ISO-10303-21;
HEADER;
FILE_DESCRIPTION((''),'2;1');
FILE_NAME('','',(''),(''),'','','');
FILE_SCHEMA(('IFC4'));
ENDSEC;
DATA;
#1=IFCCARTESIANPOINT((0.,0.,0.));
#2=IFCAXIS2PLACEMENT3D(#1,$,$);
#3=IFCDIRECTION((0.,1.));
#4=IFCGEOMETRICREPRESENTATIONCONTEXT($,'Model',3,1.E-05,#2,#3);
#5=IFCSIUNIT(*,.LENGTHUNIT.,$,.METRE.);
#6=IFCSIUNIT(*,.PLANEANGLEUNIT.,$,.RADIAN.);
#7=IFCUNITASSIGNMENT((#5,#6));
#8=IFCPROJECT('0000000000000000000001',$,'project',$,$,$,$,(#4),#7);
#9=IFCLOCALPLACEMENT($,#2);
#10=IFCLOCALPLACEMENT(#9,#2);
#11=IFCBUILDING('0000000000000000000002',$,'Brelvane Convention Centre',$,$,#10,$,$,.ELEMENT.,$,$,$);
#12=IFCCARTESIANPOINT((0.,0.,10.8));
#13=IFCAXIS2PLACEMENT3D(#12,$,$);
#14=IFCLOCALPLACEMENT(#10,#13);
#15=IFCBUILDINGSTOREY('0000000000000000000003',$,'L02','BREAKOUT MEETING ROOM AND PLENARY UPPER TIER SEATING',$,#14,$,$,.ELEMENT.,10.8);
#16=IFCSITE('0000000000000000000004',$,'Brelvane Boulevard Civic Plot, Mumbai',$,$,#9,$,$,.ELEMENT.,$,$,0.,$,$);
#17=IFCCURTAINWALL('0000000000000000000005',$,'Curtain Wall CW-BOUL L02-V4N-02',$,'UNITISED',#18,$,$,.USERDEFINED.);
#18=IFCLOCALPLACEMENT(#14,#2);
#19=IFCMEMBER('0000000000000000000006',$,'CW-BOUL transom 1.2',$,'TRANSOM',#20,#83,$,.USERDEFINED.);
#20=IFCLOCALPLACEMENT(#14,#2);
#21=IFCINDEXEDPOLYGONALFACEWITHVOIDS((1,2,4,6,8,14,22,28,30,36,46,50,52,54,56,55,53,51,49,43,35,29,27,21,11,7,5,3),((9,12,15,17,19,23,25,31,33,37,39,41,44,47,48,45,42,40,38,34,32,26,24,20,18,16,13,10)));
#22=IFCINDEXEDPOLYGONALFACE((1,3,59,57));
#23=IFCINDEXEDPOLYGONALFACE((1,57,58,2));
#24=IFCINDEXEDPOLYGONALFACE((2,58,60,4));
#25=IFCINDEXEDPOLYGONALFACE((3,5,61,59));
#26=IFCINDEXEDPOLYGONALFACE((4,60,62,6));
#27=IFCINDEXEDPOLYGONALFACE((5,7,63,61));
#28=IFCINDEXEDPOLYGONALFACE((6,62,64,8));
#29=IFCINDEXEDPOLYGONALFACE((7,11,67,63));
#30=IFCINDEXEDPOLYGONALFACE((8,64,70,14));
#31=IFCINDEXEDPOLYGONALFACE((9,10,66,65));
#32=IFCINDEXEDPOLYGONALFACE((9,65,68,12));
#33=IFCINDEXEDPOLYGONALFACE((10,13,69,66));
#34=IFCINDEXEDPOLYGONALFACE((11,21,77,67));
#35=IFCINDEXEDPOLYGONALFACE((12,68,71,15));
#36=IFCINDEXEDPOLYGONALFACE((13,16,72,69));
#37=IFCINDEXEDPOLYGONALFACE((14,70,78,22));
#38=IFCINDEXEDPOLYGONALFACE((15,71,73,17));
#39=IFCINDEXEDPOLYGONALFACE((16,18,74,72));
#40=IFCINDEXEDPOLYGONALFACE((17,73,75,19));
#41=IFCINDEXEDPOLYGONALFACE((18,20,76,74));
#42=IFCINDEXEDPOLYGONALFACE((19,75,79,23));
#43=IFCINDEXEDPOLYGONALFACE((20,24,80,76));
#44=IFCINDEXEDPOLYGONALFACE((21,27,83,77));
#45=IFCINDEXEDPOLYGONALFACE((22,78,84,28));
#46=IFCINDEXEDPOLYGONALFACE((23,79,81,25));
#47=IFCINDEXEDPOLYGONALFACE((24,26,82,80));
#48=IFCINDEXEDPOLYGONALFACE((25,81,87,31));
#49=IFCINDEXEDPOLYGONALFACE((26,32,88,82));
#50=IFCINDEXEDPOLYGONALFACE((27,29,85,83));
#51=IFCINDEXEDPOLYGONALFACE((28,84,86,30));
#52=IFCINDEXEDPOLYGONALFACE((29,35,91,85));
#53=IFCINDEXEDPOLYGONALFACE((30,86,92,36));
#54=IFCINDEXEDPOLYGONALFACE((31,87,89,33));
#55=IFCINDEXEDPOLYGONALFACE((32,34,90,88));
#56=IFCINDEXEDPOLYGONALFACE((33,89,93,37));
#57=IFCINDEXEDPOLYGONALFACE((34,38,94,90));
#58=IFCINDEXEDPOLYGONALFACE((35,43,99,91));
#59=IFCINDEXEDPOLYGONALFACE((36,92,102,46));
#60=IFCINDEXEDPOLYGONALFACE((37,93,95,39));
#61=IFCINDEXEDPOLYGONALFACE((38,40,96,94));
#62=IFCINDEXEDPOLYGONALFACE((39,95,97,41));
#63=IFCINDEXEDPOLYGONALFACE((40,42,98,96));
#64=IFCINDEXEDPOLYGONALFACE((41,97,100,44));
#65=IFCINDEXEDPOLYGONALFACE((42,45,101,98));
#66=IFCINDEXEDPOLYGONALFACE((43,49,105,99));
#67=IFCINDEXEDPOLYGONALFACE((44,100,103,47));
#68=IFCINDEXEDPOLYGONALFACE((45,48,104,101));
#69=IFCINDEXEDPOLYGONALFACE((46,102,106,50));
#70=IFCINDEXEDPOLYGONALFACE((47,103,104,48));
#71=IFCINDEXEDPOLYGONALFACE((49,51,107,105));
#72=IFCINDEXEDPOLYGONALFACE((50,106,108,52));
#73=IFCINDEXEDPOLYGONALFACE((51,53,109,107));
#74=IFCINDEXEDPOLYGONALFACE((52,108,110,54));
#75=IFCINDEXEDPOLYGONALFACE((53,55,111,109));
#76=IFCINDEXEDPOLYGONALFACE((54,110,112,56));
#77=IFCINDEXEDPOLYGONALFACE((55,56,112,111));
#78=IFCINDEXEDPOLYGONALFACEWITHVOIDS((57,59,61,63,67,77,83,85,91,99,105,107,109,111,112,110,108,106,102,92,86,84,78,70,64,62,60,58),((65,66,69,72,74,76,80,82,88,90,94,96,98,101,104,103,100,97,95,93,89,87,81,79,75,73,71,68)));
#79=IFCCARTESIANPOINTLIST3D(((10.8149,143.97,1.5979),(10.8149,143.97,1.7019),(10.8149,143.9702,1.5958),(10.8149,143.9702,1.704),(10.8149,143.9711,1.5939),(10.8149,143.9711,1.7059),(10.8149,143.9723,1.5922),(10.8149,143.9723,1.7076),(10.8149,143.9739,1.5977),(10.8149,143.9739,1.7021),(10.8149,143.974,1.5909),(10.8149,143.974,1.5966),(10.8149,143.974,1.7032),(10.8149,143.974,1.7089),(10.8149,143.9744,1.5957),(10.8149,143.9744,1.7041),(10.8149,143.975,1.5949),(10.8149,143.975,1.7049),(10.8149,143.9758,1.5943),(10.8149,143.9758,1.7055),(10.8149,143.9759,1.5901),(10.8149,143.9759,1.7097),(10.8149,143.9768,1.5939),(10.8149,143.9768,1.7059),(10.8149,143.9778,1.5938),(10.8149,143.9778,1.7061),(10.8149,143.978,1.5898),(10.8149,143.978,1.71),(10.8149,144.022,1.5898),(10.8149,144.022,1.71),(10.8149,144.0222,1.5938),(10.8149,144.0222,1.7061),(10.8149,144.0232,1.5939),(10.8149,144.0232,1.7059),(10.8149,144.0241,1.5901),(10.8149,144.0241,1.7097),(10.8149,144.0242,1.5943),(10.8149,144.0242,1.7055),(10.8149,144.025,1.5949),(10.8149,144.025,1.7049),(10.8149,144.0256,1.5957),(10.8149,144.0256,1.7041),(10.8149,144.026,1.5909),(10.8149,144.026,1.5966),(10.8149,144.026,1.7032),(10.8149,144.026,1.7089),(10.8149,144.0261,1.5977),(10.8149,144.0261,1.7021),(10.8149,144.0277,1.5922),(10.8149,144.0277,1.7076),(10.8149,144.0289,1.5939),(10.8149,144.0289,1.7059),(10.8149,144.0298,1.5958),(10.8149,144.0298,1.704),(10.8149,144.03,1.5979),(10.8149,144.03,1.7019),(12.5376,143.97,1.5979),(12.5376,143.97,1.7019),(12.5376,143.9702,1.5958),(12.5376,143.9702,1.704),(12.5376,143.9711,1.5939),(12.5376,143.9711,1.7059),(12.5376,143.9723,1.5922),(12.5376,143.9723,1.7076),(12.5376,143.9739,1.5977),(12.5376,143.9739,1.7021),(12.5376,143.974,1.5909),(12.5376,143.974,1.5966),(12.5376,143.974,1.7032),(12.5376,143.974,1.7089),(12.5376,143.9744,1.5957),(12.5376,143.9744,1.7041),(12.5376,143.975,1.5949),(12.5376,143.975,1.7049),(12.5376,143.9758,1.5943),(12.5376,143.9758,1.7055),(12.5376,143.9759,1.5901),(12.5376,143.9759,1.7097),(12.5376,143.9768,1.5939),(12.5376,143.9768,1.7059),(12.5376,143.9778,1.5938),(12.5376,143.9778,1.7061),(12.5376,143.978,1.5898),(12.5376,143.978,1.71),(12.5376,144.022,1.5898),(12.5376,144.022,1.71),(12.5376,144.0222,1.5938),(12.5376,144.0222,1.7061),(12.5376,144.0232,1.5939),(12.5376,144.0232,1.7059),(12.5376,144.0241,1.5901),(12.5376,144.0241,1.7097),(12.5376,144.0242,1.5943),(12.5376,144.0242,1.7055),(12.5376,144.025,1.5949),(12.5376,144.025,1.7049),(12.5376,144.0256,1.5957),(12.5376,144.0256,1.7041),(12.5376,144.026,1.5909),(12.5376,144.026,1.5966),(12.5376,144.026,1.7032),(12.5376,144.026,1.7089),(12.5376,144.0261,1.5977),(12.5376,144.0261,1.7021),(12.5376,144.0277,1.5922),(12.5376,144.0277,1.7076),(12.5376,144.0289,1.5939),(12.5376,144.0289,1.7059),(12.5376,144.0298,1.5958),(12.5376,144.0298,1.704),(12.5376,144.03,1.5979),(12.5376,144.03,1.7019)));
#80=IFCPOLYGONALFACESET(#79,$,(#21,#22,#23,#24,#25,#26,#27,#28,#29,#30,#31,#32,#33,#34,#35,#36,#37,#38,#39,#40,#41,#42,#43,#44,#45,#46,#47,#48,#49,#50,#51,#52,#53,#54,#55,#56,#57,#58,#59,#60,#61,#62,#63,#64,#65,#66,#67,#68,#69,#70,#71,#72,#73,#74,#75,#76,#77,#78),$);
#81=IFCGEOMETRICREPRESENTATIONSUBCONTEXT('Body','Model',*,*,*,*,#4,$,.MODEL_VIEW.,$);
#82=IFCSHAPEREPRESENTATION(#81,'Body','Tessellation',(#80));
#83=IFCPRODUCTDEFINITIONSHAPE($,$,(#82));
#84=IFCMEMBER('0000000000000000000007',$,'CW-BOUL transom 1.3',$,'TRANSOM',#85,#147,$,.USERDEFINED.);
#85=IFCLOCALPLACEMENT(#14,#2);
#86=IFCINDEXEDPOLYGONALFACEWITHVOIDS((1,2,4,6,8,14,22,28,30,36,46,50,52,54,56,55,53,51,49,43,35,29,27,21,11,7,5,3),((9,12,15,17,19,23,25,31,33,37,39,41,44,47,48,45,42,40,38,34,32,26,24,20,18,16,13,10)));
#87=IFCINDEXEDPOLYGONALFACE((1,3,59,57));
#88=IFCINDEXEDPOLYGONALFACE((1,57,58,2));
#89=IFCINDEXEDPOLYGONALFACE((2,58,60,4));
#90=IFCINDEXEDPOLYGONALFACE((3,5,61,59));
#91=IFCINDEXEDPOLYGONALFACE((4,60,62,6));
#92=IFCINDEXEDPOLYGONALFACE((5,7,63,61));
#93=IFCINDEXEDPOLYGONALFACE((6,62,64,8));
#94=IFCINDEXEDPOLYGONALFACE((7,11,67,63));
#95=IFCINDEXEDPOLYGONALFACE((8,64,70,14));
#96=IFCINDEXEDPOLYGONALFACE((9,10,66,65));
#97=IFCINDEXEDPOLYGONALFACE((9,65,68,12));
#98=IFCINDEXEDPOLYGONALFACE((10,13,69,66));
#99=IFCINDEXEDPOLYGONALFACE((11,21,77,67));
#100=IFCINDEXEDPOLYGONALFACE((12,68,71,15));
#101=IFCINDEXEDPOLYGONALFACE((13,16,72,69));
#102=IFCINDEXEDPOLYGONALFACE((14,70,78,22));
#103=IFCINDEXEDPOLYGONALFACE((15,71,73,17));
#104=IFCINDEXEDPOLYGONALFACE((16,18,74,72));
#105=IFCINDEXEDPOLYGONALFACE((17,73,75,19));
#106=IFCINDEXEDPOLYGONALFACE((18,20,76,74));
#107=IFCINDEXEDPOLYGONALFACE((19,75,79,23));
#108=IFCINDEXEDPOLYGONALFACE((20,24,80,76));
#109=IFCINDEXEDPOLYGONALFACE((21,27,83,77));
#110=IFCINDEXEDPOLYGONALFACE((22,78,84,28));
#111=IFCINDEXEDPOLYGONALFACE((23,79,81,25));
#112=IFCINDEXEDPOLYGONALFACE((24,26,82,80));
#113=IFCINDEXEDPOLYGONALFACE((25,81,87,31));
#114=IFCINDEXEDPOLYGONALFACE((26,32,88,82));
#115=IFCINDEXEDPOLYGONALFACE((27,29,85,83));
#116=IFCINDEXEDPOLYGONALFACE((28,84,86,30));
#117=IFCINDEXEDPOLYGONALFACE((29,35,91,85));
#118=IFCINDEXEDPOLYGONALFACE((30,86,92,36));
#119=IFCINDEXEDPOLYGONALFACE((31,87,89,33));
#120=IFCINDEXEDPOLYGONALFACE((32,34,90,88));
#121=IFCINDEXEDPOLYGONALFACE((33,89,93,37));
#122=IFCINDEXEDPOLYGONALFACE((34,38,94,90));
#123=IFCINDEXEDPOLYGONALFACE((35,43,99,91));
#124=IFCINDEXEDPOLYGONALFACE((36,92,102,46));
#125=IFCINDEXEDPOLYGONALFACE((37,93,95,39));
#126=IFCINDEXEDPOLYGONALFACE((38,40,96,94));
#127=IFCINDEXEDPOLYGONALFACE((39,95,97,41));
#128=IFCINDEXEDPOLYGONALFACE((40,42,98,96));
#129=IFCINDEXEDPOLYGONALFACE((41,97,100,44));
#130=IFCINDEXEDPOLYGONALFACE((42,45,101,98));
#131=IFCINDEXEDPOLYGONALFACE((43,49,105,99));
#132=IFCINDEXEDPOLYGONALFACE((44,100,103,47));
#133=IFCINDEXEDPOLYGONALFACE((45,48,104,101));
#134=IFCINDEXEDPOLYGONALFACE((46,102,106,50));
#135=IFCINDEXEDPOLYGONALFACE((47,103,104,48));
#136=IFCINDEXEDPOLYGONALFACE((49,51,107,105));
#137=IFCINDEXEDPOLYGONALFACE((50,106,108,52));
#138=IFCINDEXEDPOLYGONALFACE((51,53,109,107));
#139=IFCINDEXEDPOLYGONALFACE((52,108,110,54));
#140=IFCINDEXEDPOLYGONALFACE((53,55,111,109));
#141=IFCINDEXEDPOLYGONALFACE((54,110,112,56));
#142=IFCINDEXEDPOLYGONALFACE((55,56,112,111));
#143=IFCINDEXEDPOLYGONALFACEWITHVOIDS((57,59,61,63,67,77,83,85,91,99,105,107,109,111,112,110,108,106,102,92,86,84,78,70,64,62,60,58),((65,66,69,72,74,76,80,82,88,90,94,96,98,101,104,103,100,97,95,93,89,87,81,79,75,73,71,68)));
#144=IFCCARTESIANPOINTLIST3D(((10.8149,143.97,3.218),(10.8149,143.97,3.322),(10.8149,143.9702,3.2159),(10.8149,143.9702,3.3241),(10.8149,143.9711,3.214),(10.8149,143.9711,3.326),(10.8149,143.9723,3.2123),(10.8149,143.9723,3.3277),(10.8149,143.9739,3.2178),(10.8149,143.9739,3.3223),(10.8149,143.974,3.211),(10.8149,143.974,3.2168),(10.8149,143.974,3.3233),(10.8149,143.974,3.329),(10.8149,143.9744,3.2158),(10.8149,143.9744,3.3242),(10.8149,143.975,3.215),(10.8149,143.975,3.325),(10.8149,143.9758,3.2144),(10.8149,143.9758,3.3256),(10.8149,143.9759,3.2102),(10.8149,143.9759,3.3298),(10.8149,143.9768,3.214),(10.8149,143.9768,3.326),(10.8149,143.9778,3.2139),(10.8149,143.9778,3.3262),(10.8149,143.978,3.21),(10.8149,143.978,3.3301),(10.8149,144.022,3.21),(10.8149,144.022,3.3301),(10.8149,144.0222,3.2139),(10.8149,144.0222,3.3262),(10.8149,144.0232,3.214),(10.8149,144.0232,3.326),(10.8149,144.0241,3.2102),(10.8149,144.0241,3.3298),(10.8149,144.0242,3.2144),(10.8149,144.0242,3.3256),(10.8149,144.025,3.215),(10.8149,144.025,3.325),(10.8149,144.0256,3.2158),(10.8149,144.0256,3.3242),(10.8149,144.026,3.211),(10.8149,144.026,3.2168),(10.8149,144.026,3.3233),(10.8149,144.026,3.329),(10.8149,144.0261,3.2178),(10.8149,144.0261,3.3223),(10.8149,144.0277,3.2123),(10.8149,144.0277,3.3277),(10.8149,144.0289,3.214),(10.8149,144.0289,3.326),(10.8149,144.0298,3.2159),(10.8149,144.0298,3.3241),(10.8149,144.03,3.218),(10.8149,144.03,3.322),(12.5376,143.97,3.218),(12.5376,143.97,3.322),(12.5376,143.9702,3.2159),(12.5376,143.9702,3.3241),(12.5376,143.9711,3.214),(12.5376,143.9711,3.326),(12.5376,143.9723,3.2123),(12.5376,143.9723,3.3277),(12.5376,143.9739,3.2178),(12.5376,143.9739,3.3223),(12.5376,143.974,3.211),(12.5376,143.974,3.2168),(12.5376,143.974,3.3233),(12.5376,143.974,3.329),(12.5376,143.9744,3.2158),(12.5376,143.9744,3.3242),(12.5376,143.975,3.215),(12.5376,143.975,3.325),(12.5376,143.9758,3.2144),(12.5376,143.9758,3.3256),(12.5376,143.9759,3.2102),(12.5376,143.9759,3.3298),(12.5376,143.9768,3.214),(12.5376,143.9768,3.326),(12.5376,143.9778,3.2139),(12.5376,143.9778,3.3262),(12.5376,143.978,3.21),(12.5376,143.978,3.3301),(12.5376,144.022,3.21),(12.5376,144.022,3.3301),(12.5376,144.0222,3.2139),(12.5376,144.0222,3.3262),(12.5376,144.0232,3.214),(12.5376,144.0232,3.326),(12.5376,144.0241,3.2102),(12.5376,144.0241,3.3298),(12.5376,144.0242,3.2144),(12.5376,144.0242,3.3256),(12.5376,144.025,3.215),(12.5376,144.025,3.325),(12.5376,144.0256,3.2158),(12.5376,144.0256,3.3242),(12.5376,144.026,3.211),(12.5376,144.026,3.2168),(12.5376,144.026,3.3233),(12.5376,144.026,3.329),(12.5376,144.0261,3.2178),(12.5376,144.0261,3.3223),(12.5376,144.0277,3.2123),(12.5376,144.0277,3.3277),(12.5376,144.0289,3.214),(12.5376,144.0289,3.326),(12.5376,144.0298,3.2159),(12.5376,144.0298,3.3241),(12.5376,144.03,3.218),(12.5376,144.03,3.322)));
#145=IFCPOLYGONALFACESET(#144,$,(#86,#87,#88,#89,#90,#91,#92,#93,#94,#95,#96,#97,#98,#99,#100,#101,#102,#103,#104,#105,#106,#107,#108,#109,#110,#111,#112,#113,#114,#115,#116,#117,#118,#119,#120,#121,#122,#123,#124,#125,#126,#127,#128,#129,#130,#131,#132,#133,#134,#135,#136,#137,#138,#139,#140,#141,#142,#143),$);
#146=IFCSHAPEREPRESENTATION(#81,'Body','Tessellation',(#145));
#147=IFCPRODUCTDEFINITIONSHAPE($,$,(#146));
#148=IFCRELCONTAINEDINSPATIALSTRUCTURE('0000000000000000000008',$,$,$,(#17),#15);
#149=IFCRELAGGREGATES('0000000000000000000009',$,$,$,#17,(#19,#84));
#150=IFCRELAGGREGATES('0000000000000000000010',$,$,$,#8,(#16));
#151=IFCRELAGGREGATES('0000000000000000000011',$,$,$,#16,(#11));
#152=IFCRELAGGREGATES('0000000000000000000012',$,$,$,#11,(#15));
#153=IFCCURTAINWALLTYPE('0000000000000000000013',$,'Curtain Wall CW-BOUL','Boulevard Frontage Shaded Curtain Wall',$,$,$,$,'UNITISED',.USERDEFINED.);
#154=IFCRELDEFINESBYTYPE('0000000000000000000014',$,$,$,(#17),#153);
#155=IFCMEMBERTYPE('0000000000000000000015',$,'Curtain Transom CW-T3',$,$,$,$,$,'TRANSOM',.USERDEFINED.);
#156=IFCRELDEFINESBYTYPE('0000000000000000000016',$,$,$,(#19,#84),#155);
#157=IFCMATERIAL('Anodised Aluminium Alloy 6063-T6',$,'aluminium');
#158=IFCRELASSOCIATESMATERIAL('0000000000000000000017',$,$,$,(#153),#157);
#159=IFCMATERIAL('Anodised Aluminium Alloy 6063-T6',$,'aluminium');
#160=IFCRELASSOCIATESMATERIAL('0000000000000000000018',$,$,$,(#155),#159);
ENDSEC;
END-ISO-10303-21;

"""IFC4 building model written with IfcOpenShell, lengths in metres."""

from ifc_helpers import new_model, si_unit, direction, frame, origin, origin_2d, place, context, subcontext, project, spatial, hollow_rectangle, extrude, material, material_profile, profile_set, type_object, element, aggregate, save


model = new_model("IFC4")

# Units and contexts
model_context = context("Model", 3, precision=1e-05, world=origin(), true_north=direction((0.0, 1.0)))
body_context = subcontext(model_context, "Body", "Model", "MODEL_VIEW")
ifc_project = project(units=[si_unit("LENGTHUNIT", "METRE"), si_unit("PLANEANGLEUNIT", "RADIAN")], contexts=[model_context])

# Site, building, storey
site_placement = place(None, origin())
site = spatial("IfcSite", under=ifc_project, at=site_placement, Name="Brelvane Boulevard Civic Plot, Mumbai", CompositionType="ELEMENT", RefElevation=0.0)
building_placement = place(site_placement, origin())
building = spatial("IfcBuilding", under=site, at=building_placement, Name="Brelvane Convention Centre", CompositionType="ELEMENT")
storey_placement = place(building_placement, frame((0.0, 0.0, 10.8)))
storey = spatial("IfcBuildingStorey", under=building, at=storey_placement, Name="L02", Description="BREAKOUT MEETING ROOM AND PLENARY UPPER TIER SEATING", CompositionType="ELEMENT", Elevation=10.8)

# Curtain wall, members
ifc_material_1 = material(Name="Anodised Aluminium Alloy 6063-T6", Category="aluminium")
curtain_wall_type = type_object("IfcCurtainWallType", Name="Curtain Wall CW-BOUL", Description="Boulevard Frontage Shaded Curtain Wall", ElementType="UNITISED", PredefinedType="USERDEFINED", material=ifc_material_1)
curtain_wall_placement = place(storey_placement, origin())
curtain_wall = element("IfcCurtainWall", 1, at=curtain_wall_placement, inside=storey, type_object=curtain_wall_type, Name="Curtain Wall CW-BOUL L02-V4N-02", ObjectType="UNITISED", PredefinedType="USERDEFINED")
ifc_material_2 = material(Name="Anodised Aluminium Alloy 6063-T6", Category="aluminium")
ifc_material_profile_1 = material_profile(ifc_material_2, hollow_rectangle(XDim=0.0601, YDim=0.1201, WallThickness=0.0039, InnerFilletRadius=0.0039, OuterFilletRadius=0.0081, at=origin_2d()), Name="ALU-T 120x60x4.0")
ifc_profile_set_1 = profile_set([ifc_material_profile_1], Name="Anodised Aluminium Alloy 6063-T6")
member_type_1 = type_object("IfcMemberType", Name="Curtain Transom CW-T3", ElementType="TRANSOM", PredefinedType="USERDEFINED", material=ifc_profile_set_1)
member_1_placement = place(storey_placement, frame((10.8149, 144.0, 1.6499), z_axis=(1.0, 0.0, 0.0), x_axis=(0.0, 1.0, 0.0)))
member_1 = element("IfcMember", 2, at=member_1_placement, type_object=member_type_1, Name="CW-BOUL transom 1.2", ObjectType="TRANSOM", PredefinedType="USERDEFINED", context=body_context, shape_type="SweptSolid", body=[
    extrude(hollow_rectangle(XDim=0.0601, YDim=0.1201, WallThickness=0.0039, InnerFilletRadius=0.0039, OuterFilletRadius=0.0081, at=origin_2d()), origin(), (0.0, 0.0, 1.0), 1.7227),
])
member_2_placement = place(storey_placement, frame((10.8149, 144.0, 3.27), z_axis=(1.0, 0.0, 0.0), x_axis=(0.0, 1.0, 0.0)))
member_2 = element("IfcMember", 3, at=member_2_placement, type_object=member_type_1, Name="CW-BOUL transom 1.3", ObjectType="TRANSOM", PredefinedType="USERDEFINED", context=body_context, shape_type="SweptSolid", body=[
    extrude(hollow_rectangle(XDim=0.0601, YDim=0.1201, WallThickness=0.0039, InnerFilletRadius=0.0039, OuterFilletRadius=0.0081, at=origin_2d()), origin(), (0.0, 0.0, 1.0), 1.7227),
])

aggregate(curtain_wall, [member_1, member_2])

save(model, "model.ifc")
